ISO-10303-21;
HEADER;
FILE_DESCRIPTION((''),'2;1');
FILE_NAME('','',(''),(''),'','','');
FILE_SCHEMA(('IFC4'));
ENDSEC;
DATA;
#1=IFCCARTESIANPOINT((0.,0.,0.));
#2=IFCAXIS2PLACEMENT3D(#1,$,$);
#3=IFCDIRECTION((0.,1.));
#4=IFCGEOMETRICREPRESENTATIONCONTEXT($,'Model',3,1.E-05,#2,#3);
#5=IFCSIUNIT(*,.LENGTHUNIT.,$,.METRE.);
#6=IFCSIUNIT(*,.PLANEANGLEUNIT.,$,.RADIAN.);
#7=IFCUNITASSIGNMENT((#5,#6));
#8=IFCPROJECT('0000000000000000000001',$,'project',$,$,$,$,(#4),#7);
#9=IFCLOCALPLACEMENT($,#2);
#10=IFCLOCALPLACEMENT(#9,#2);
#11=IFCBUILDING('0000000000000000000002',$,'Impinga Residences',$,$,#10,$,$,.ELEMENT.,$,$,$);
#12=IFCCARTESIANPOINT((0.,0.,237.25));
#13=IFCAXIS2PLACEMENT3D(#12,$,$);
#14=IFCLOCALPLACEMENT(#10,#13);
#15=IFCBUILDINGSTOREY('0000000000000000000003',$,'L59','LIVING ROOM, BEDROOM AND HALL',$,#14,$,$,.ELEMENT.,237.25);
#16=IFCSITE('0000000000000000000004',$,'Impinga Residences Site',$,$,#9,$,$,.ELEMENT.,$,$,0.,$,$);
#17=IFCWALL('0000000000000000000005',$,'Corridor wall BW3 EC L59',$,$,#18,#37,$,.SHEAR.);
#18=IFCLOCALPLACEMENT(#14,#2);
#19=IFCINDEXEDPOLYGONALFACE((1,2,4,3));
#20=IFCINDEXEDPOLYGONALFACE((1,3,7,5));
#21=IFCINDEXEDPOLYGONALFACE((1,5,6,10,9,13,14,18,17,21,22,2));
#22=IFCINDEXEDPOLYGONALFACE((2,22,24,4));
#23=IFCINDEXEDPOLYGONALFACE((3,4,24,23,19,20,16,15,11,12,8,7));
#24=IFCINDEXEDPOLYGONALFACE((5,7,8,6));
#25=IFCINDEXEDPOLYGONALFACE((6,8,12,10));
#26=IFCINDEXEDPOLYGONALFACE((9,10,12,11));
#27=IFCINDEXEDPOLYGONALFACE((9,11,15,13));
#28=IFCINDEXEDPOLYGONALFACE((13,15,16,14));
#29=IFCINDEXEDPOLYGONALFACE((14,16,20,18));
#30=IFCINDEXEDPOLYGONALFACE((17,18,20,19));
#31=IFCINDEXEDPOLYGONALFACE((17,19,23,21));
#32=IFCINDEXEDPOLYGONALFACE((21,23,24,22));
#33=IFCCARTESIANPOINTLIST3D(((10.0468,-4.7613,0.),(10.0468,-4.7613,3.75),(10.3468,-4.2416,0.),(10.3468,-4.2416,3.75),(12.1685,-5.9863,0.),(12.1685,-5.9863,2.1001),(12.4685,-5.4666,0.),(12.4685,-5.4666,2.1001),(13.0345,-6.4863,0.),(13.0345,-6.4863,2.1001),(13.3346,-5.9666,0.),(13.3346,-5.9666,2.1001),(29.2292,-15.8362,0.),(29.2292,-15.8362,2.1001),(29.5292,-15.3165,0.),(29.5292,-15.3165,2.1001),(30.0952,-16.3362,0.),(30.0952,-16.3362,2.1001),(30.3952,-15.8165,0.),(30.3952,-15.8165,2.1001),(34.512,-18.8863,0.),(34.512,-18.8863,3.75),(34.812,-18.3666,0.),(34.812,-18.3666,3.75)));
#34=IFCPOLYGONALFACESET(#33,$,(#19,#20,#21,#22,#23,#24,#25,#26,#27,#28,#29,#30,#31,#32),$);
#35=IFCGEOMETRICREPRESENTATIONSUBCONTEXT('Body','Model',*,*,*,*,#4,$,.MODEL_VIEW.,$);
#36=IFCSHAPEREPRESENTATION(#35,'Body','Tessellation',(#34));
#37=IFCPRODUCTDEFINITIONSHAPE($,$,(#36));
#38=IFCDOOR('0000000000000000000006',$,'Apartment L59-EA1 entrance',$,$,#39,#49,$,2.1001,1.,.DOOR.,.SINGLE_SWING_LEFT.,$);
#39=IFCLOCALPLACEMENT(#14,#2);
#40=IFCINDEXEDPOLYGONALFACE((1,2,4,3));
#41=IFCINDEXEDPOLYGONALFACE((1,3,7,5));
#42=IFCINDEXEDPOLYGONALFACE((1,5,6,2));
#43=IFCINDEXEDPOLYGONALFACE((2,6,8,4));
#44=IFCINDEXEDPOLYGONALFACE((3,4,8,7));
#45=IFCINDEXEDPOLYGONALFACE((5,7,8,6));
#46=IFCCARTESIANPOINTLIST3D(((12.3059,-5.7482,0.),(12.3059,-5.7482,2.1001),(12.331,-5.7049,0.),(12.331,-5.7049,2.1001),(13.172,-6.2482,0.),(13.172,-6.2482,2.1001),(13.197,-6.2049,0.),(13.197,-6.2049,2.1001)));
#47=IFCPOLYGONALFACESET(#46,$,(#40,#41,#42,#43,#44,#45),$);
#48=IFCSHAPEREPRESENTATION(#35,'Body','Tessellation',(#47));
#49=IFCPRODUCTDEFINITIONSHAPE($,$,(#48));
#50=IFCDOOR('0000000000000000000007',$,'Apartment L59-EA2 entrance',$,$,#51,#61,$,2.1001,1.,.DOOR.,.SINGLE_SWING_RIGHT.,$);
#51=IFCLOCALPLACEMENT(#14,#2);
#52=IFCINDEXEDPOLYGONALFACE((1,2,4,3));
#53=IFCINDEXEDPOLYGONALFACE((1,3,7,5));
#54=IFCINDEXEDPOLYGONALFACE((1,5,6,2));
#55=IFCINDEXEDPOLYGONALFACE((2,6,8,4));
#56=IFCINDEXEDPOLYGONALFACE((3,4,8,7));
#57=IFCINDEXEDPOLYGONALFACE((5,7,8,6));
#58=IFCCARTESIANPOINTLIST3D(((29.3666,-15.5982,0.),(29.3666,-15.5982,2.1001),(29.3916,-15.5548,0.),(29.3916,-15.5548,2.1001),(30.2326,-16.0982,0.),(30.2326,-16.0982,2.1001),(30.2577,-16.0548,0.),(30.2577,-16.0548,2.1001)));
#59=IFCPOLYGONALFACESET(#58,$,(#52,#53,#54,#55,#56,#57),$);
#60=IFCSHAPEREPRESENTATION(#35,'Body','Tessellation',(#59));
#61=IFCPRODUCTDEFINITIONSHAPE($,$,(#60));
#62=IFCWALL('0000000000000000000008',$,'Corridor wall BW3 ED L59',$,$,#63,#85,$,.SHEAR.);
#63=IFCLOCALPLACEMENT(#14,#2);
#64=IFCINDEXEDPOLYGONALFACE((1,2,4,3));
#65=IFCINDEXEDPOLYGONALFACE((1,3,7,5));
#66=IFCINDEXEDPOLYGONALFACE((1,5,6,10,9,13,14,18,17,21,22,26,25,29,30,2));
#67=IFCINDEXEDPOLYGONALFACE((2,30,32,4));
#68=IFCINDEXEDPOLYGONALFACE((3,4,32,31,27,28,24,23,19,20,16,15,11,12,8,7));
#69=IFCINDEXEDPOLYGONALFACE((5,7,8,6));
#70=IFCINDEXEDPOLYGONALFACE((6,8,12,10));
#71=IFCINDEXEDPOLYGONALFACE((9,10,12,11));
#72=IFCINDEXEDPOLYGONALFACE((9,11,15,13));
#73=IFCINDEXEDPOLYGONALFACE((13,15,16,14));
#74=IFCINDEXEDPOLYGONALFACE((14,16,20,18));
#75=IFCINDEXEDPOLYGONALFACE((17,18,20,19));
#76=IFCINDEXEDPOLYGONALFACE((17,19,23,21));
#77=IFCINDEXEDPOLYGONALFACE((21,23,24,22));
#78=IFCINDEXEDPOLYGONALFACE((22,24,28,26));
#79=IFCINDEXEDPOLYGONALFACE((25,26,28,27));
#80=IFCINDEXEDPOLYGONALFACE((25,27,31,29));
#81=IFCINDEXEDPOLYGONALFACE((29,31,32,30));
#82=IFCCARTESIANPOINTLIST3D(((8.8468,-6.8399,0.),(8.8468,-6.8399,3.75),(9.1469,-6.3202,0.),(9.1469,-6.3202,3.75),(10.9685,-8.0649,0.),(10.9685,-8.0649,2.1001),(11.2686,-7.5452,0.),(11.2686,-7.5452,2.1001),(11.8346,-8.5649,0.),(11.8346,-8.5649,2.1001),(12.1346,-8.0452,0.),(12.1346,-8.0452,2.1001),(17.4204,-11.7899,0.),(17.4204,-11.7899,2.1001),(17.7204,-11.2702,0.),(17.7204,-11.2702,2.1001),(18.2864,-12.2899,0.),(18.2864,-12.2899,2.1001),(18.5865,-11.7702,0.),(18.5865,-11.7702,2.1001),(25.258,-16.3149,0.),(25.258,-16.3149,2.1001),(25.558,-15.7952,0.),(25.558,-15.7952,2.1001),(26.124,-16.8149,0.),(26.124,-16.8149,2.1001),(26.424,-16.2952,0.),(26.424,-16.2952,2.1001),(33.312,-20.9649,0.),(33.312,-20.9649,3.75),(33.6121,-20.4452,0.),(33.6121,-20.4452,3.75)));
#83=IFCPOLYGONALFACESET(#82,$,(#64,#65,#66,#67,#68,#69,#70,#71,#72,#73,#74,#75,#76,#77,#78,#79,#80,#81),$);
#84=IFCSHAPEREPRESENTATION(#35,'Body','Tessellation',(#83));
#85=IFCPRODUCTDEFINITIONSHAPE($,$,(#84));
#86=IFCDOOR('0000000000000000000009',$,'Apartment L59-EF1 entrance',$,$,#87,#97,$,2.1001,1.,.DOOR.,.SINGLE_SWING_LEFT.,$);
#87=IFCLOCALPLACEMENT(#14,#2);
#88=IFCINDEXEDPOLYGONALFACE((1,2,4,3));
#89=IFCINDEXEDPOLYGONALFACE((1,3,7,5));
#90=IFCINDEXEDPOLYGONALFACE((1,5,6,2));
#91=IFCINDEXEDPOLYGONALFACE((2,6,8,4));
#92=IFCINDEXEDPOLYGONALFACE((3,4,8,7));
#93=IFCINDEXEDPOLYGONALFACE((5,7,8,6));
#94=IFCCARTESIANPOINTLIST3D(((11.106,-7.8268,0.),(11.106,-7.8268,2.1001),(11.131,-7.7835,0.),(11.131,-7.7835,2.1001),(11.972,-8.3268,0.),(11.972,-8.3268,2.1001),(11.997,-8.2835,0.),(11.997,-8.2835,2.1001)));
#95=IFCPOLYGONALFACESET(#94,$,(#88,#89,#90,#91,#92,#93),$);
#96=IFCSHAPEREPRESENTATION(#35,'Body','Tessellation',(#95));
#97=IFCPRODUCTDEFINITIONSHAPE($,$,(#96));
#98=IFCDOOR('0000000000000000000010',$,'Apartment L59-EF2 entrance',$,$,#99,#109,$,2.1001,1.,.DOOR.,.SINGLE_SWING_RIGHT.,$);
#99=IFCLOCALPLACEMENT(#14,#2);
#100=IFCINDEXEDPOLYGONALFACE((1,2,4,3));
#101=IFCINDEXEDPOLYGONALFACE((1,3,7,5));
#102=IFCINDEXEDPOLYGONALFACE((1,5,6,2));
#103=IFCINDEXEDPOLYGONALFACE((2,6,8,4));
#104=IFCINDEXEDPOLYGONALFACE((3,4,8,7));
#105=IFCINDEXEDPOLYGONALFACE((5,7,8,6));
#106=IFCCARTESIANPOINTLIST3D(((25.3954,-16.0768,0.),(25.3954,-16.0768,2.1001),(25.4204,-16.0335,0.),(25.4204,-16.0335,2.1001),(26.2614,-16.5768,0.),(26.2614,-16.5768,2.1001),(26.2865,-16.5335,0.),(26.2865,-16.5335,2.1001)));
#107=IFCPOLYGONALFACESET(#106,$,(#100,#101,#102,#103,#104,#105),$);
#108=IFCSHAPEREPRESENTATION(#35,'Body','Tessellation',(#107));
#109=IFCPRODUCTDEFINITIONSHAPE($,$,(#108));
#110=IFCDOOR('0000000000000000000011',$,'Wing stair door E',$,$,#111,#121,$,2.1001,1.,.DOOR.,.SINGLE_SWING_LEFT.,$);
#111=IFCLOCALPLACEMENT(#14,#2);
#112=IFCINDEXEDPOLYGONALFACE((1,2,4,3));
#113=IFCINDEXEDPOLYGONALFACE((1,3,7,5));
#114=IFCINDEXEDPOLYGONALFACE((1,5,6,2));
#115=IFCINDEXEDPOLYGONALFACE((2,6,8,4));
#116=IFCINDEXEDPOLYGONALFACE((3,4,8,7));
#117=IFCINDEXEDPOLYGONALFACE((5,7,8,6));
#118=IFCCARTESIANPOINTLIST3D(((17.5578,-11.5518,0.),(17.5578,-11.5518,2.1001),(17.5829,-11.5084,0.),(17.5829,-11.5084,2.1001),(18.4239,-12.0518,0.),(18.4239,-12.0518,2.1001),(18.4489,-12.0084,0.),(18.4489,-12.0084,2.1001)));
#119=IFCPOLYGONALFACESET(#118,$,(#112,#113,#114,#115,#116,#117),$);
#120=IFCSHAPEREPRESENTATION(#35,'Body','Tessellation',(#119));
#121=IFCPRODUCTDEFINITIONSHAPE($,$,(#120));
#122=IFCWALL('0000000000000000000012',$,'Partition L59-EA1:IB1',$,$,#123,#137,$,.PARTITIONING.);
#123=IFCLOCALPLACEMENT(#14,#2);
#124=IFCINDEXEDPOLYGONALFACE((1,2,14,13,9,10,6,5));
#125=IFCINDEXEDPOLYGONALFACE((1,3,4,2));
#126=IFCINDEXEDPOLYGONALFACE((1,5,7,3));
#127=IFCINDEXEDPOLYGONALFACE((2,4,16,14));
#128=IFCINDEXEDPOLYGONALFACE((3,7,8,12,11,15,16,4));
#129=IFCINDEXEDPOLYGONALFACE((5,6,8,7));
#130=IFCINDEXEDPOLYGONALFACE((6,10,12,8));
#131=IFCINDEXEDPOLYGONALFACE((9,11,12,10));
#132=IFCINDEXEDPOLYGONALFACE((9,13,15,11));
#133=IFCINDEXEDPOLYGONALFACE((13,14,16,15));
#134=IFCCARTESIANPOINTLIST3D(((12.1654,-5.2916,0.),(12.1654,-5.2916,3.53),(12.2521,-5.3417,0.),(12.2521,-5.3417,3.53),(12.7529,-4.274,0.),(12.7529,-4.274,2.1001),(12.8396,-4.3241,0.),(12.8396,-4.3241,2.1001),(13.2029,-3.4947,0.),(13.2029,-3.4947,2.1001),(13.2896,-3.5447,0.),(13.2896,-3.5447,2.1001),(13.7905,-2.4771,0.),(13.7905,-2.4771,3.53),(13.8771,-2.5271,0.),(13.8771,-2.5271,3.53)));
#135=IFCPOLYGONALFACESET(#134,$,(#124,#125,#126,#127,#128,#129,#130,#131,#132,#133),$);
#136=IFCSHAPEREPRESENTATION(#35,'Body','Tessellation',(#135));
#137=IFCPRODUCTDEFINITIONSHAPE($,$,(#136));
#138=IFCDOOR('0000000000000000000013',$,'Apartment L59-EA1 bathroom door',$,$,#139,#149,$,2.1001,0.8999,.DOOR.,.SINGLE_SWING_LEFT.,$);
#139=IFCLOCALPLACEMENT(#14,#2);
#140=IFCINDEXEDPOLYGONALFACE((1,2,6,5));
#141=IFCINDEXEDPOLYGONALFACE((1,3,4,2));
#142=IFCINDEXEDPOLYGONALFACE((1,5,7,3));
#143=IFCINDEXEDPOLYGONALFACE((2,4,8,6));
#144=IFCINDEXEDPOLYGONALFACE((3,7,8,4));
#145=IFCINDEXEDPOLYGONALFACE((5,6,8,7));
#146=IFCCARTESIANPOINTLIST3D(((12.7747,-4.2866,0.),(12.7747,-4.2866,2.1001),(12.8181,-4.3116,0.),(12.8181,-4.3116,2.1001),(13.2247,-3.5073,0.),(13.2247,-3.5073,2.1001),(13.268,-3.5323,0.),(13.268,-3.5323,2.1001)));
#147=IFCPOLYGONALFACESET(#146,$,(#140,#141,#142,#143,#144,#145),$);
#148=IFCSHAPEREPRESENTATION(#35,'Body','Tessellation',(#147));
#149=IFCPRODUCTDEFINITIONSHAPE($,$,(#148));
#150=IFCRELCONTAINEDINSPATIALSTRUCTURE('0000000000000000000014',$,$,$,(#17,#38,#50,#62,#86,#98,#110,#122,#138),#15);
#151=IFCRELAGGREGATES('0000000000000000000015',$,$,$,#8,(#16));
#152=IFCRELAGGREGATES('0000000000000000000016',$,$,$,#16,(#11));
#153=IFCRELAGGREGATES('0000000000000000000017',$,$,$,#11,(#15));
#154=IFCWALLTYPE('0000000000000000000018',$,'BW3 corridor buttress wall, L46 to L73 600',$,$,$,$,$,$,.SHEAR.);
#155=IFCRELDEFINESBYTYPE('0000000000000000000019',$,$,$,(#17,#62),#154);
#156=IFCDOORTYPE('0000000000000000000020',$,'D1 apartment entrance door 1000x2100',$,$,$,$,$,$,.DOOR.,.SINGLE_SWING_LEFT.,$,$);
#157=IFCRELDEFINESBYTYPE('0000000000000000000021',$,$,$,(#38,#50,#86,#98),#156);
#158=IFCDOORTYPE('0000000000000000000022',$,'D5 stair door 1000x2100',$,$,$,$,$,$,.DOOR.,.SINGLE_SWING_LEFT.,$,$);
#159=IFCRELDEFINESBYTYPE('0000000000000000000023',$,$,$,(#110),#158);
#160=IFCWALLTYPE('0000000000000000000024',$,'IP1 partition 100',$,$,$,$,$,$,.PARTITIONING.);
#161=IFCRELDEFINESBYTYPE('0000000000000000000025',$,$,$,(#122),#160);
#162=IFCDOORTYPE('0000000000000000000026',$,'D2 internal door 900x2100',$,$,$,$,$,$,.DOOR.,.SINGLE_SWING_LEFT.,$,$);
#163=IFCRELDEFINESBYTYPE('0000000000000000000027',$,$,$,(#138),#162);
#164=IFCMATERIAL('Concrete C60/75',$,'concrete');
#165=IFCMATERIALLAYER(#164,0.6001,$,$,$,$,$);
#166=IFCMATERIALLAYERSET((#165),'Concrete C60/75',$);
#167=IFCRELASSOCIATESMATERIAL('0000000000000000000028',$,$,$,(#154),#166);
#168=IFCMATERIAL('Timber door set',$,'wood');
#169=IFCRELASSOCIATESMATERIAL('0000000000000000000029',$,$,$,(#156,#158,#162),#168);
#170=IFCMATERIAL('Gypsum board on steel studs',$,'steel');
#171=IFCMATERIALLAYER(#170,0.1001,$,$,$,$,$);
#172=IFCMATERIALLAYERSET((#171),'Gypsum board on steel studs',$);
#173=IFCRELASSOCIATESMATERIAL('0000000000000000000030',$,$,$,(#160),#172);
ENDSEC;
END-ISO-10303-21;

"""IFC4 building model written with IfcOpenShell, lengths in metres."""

from ifc_helpers import new_model, si_unit, direction, frame, frame_2d, origin, place, context, subcontext, project, spatial, rectangle, extrude, material, layer, layer_set, type_object, element, fill, save


model = new_model("IFC4")

# Units and contexts
model_context = context("Model", 3, precision=1e-05, world=origin(), true_north=direction((0.0, 1.0)))
body_context = subcontext(model_context, "Body", "Model", "MODEL_VIEW")
ifc_project = project(units=[si_unit("LENGTHUNIT", "METRE"), si_unit("PLANEANGLEUNIT", "RADIAN")], contexts=[model_context])

# Site, building, storey
site_placement = place(None, origin())
site = spatial("IfcSite", under=ifc_project, at=site_placement, Name="Impinga Residences Site", CompositionType="ELEMENT", RefElevation=0.0)
building_placement = place(site_placement, origin())
building = spatial("IfcBuilding", under=site, at=building_placement, Name="Impinga Residences", CompositionType="ELEMENT")
storey_placement = place(building_placement, frame((0.0, 0.0, 237.25)))
storey = spatial("IfcBuildingStorey", under=building, at=storey_placement, Name="L59", Description="LIVING ROOM, BEDROOM AND HALL", CompositionType="ELEMENT", Elevation=237.25)

# Walls, openings, doors
ifc_material_1 = material(Name="Concrete C60/75", Category="concrete")
ifc_layer_1 = layer(ifc_material_1, 0.6001)
ifc_layer_set_1 = layer_set([ifc_layer_1], Name="Concrete C60/75")
wall_type_1 = type_object("IfcWallType", Name="BW3 corridor buttress wall, L46 to L73 600", PredefinedType="SHEAR", material=ifc_layer_set_1)
wall_1_placement = place(storey_placement, frame((10.1968, -4.5015, 0.0), z_axis=(0.0, 0.0, 1.0), x_axis=(0.866026, -0.499998, 0.0)))
wall_1 = element("IfcWall", 1, at=wall_1_placement, inside=storey, type_object=wall_type_1, Name="Corridor wall BW3 EC L59", PredefinedType="SHEAR", context=body_context, shape_type="SweptSolid", body=[
    extrude(rectangle(XDim=28.25, YDim=0.6001, at=frame_2d((14.125, 0.0))), origin(), (0.0, 0.0, 1.0), 3.75),
])
opening_1_placement = place(wall_1_placement, frame((2.45, 0.0, 0.0)))
opening_1 = element("IfcOpeningElement", 2, at=opening_1_placement, cuts=wall_1, PredefinedType="OPENING", context=body_context, shape_type="SweptSolid", body=[
    extrude(rectangle(XDim=1.0, YDim=2.1001, at=frame_2d((0.5, 1.05))), frame((0.0, 0.3101, 0.0), z_axis=(0.0, -1.0, 0.0), x_axis=(1.0, 0.0, 0.0)), (0.0, 0.0, 1.0), 0.6201),
])
opening_2_placement = place(wall_1_placement, frame((22.1499, 0.0, 0.0)))
opening_2 = element("IfcOpeningElement", 3, at=opening_2_placement, cuts=wall_1, PredefinedType="OPENING", context=body_context, shape_type="SweptSolid", body=[
    extrude(rectangle(XDim=1.0, YDim=2.1001, at=frame_2d((0.5, 1.05))), frame((0.0, 0.3101, 0.0), z_axis=(0.0, -1.0, 0.0), x_axis=(1.0, 0.0, 0.0)), (0.0, 0.0, 1.0), 0.6201),
])
ifc_material_2 = material(Name="Timber door set", Category="wood")
door_type_1 = type_object("IfcDoorType", Name="D1 apartment entrance door 1000x2100", OperationType="SINGLE_SWING_LEFT", PredefinedType="DOOR", material=ifc_material_2)
door_1_placement = place(opening_1_placement, origin())
door_1 = element("IfcDoor", 4, at=door_1_placement, inside=storey, type_object=door_type_1, Name="Apartment L59-EA1 entrance", OperationType="SINGLE_SWING_LEFT", OverallHeight=2.1001, OverallWidth=1.0, PredefinedType="DOOR", context=body_context, shape_type="SweptSolid", body=[
    extrude(rectangle(XDim=1.0, YDim=2.1001, at=frame_2d((0.5, 1.05))), frame((0.0, 0.0249, 0.0), z_axis=(0.0, -1.0, 0.0), x_axis=(1.0, 0.0, 0.0)), (0.0, 0.0, 1.0), 0.05),
])
fill(opening_1, door_1)
door_2_placement = place(opening_2_placement, origin())
door_2 = element("IfcDoor", 5, at=door_2_placement, inside=storey, type_object=door_type_1, Name="Apartment L59-EA2 entrance", OperationType="SINGLE_SWING_RIGHT", OverallHeight=2.1001, OverallWidth=1.0, PredefinedType="DOOR", context=body_context, shape_type="SweptSolid", body=[
    extrude(rectangle(XDim=1.0, YDim=2.1001, at=frame_2d((0.5, 1.05))), frame((0.0, 0.0249, 0.0), z_axis=(0.0, -1.0, 0.0), x_axis=(1.0, 0.0, 0.0)), (0.0, 0.0, 1.0), 0.05),
])
fill(opening_2, door_2)
wall_2_placement = place(storey_placement, frame((8.9968, -6.5801, 0.0), z_axis=(0.0, 0.0, 1.0), x_axis=(0.866026, -0.499998, 0.0)))
wall_2 = element("IfcWall", 6, at=wall_2_placement, inside=storey, type_object=wall_type_1, Name="Corridor wall BW3 ED L59", PredefinedType="SHEAR", context=body_context, shape_type="SweptSolid", body=[
    extrude(rectangle(XDim=28.25, YDim=0.6001, at=frame_2d((14.125, 0.0))), origin(), (0.0, 0.0, 1.0), 3.75),
])
opening_3_placement = place(wall_2_placement, frame((9.8999, 0.0, 0.0)))
opening_3 = element("IfcOpeningElement", 7, at=opening_3_placement, cuts=wall_2, PredefinedType="OPENING", context=body_context, shape_type="SweptSolid", body=[
    extrude(rectangle(XDim=1.0, YDim=2.1001, at=frame_2d((0.5, 1.05))), frame((0.0, 0.3101, 0.0), z_axis=(0.0, -1.0, 0.0), x_axis=(1.0, 0.0, 0.0)), (0.0, 0.0, 1.0), 0.6201),
])
opening_4_placement = place(wall_2_placement, frame((2.45, 0.0, 0.0)))
opening_4 = element("IfcOpeningElement", 8, at=opening_4_placement, cuts=wall_2, PredefinedType="OPENING", context=body_context, shape_type="SweptSolid", body=[
    extrude(rectangle(XDim=1.0, YDim=2.1001, at=frame_2d((0.5, 1.05))), frame((0.0, 0.3101, 0.0), z_axis=(0.0, -1.0, 0.0), x_axis=(1.0, 0.0, 0.0)), (0.0, 0.0, 1.0), 0.6201),
])
opening_5_placement = place(wall_2_placement, frame((18.95, 0.0, 0.0)))
opening_5 = element("IfcOpeningElement", 9, at=opening_5_placement, cuts=wall_2, PredefinedType="OPENING", context=body_context, shape_type="SweptSolid", body=[
    extrude(rectangle(XDim=1.0, YDim=2.1001, at=frame_2d((0.5, 1.05))), frame((0.0, 0.3101, 0.0), z_axis=(0.0, -1.0, 0.0), x_axis=(1.0, 0.0, 0.0)), (0.0, 0.0, 1.0), 0.6201),
])
door_3_placement = place(opening_4_placement, origin())
door_3 = element("IfcDoor", 10, at=door_3_placement, inside=storey, type_object=door_type_1, Name="Apartment L59-EF1 entrance", OperationType="SINGLE_SWING_LEFT", OverallHeight=2.1001, OverallWidth=1.0, PredefinedType="DOOR", context=body_context, shape_type="SweptSolid", body=[
    extrude(rectangle(XDim=1.0, YDim=2.1001, at=frame_2d((0.5, 1.05))), frame((0.0, 0.0249, 0.0), z_axis=(0.0, -1.0, 0.0), x_axis=(1.0, 0.0, 0.0)), (0.0, 0.0, 1.0), 0.05),
])
fill(opening_4, door_3)
door_4_placement = place(opening_5_placement, origin())
door_4 = element("IfcDoor", 11, at=door_4_placement, inside=storey, type_object=door_type_1, Name="Apartment L59-EF2 entrance", OperationType="SINGLE_SWING_RIGHT", OverallHeight=2.1001, OverallWidth=1.0, PredefinedType="DOOR", context=body_context, shape_type="SweptSolid", body=[
    extrude(rectangle(XDim=1.0, YDim=2.1001, at=frame_2d((0.5, 1.05))), frame((0.0, 0.0249, 0.0), z_axis=(0.0, -1.0, 0.0), x_axis=(1.0, 0.0, 0.0)), (0.0, 0.0, 1.0), 0.05),
])
fill(opening_5, door_4)
door_type_2 = type_object("IfcDoorType", Name="D5 stair door 1000x2100", OperationType="SINGLE_SWING_LEFT", PredefinedType="DOOR", material=ifc_material_2)
door_5_placement = place(opening_3_placement, origin())
door_5 = element("IfcDoor", 12, at=door_5_placement, inside=storey, type_object=door_type_2, Name="Wing stair door E", OperationType="SINGLE_SWING_LEFT", OverallHeight=2.1001, OverallWidth=1.0, PredefinedType="DOOR", context=body_context, shape_type="SweptSolid", body=[
    extrude(rectangle(XDim=1.0, YDim=2.1001, at=frame_2d((0.5, 1.05))), frame((0.0, 0.0249, 0.0), z_axis=(0.0, -1.0, 0.0), x_axis=(1.0, 0.0, 0.0)), (0.0, 0.0, 1.0), 0.05),
])
fill(opening_3, door_5)

# Wall, opening, door
ifc_material_3 = material(Name="Gypsum board on steel studs", Category="steel")
ifc_layer_2 = layer(ifc_material_3, 0.1001)
ifc_layer_set_2 = layer_set([ifc_layer_2], Name="Gypsum board on steel studs")
wall_type_2 = type_object("IfcWallType", Name="IP1 partition 100", PredefinedType="PARTITIONING", material=ifc_layer_set_2)
wall_3_placement = place(storey_placement, frame((12.2087, -5.3167, 0.0), z_axis=(0.0, 0.0, 1.0), x_axis=(0.500017, 0.866015, 0.0)))
wall_3 = element("IfcWall", 13, at=wall_3_placement, inside=storey, type_object=wall_type_2, Name="Partition L59-EA1:IB1", PredefinedType="PARTITIONING", context=body_context, shape_type="SweptSolid", body=[
    extrude(rectangle(XDim=3.25, YDim=0.1001, at=frame_2d((1.625, 0.0))), origin(), (0.0, 0.0, 1.0), 3.53),
])
opening_6_placement = place(wall_3_placement, frame((1.175, 0.0, 0.0)))
opening_6 = element("IfcOpeningElement", 14, at=opening_6_placement, cuts=wall_3, PredefinedType="OPENING", context=body_context, shape_type="SweptSolid", body=[
    extrude(rectangle(XDim=0.8999, YDim=2.1001, at=frame_2d((0.45, 1.05))), frame((0.0, 0.0601, 0.0), z_axis=(0.0, -1.0, 0.0), x_axis=(1.0, 0.0, 0.0)), (0.0, 0.0, 1.0), 0.1201),
])
door_type_3 = type_object("IfcDoorType", Name="D2 internal door 900x2100", OperationType="SINGLE_SWING_LEFT", PredefinedType="DOOR", material=ifc_material_2)
door_6_placement = place(opening_6_placement, origin())
door_6 = element("IfcDoor", 15, at=door_6_placement, inside=storey, type_object=door_type_3, Name="Apartment L59-EA1 bathroom door", OperationType="SINGLE_SWING_LEFT", OverallHeight=2.1001, OverallWidth=0.8999, PredefinedType="DOOR", context=body_context, shape_type="SweptSolid", body=[
    extrude(rectangle(XDim=0.8999, YDim=2.1001, at=frame_2d((0.45, 1.05))), frame((0.0, 0.0249, 0.0), z_axis=(0.0, -1.0, 0.0), x_axis=(1.0, 0.0, 0.0)), (0.0, 0.0, 1.0), 0.05),
])
fill(opening_6, door_6)

save(model, "model.ifc")
